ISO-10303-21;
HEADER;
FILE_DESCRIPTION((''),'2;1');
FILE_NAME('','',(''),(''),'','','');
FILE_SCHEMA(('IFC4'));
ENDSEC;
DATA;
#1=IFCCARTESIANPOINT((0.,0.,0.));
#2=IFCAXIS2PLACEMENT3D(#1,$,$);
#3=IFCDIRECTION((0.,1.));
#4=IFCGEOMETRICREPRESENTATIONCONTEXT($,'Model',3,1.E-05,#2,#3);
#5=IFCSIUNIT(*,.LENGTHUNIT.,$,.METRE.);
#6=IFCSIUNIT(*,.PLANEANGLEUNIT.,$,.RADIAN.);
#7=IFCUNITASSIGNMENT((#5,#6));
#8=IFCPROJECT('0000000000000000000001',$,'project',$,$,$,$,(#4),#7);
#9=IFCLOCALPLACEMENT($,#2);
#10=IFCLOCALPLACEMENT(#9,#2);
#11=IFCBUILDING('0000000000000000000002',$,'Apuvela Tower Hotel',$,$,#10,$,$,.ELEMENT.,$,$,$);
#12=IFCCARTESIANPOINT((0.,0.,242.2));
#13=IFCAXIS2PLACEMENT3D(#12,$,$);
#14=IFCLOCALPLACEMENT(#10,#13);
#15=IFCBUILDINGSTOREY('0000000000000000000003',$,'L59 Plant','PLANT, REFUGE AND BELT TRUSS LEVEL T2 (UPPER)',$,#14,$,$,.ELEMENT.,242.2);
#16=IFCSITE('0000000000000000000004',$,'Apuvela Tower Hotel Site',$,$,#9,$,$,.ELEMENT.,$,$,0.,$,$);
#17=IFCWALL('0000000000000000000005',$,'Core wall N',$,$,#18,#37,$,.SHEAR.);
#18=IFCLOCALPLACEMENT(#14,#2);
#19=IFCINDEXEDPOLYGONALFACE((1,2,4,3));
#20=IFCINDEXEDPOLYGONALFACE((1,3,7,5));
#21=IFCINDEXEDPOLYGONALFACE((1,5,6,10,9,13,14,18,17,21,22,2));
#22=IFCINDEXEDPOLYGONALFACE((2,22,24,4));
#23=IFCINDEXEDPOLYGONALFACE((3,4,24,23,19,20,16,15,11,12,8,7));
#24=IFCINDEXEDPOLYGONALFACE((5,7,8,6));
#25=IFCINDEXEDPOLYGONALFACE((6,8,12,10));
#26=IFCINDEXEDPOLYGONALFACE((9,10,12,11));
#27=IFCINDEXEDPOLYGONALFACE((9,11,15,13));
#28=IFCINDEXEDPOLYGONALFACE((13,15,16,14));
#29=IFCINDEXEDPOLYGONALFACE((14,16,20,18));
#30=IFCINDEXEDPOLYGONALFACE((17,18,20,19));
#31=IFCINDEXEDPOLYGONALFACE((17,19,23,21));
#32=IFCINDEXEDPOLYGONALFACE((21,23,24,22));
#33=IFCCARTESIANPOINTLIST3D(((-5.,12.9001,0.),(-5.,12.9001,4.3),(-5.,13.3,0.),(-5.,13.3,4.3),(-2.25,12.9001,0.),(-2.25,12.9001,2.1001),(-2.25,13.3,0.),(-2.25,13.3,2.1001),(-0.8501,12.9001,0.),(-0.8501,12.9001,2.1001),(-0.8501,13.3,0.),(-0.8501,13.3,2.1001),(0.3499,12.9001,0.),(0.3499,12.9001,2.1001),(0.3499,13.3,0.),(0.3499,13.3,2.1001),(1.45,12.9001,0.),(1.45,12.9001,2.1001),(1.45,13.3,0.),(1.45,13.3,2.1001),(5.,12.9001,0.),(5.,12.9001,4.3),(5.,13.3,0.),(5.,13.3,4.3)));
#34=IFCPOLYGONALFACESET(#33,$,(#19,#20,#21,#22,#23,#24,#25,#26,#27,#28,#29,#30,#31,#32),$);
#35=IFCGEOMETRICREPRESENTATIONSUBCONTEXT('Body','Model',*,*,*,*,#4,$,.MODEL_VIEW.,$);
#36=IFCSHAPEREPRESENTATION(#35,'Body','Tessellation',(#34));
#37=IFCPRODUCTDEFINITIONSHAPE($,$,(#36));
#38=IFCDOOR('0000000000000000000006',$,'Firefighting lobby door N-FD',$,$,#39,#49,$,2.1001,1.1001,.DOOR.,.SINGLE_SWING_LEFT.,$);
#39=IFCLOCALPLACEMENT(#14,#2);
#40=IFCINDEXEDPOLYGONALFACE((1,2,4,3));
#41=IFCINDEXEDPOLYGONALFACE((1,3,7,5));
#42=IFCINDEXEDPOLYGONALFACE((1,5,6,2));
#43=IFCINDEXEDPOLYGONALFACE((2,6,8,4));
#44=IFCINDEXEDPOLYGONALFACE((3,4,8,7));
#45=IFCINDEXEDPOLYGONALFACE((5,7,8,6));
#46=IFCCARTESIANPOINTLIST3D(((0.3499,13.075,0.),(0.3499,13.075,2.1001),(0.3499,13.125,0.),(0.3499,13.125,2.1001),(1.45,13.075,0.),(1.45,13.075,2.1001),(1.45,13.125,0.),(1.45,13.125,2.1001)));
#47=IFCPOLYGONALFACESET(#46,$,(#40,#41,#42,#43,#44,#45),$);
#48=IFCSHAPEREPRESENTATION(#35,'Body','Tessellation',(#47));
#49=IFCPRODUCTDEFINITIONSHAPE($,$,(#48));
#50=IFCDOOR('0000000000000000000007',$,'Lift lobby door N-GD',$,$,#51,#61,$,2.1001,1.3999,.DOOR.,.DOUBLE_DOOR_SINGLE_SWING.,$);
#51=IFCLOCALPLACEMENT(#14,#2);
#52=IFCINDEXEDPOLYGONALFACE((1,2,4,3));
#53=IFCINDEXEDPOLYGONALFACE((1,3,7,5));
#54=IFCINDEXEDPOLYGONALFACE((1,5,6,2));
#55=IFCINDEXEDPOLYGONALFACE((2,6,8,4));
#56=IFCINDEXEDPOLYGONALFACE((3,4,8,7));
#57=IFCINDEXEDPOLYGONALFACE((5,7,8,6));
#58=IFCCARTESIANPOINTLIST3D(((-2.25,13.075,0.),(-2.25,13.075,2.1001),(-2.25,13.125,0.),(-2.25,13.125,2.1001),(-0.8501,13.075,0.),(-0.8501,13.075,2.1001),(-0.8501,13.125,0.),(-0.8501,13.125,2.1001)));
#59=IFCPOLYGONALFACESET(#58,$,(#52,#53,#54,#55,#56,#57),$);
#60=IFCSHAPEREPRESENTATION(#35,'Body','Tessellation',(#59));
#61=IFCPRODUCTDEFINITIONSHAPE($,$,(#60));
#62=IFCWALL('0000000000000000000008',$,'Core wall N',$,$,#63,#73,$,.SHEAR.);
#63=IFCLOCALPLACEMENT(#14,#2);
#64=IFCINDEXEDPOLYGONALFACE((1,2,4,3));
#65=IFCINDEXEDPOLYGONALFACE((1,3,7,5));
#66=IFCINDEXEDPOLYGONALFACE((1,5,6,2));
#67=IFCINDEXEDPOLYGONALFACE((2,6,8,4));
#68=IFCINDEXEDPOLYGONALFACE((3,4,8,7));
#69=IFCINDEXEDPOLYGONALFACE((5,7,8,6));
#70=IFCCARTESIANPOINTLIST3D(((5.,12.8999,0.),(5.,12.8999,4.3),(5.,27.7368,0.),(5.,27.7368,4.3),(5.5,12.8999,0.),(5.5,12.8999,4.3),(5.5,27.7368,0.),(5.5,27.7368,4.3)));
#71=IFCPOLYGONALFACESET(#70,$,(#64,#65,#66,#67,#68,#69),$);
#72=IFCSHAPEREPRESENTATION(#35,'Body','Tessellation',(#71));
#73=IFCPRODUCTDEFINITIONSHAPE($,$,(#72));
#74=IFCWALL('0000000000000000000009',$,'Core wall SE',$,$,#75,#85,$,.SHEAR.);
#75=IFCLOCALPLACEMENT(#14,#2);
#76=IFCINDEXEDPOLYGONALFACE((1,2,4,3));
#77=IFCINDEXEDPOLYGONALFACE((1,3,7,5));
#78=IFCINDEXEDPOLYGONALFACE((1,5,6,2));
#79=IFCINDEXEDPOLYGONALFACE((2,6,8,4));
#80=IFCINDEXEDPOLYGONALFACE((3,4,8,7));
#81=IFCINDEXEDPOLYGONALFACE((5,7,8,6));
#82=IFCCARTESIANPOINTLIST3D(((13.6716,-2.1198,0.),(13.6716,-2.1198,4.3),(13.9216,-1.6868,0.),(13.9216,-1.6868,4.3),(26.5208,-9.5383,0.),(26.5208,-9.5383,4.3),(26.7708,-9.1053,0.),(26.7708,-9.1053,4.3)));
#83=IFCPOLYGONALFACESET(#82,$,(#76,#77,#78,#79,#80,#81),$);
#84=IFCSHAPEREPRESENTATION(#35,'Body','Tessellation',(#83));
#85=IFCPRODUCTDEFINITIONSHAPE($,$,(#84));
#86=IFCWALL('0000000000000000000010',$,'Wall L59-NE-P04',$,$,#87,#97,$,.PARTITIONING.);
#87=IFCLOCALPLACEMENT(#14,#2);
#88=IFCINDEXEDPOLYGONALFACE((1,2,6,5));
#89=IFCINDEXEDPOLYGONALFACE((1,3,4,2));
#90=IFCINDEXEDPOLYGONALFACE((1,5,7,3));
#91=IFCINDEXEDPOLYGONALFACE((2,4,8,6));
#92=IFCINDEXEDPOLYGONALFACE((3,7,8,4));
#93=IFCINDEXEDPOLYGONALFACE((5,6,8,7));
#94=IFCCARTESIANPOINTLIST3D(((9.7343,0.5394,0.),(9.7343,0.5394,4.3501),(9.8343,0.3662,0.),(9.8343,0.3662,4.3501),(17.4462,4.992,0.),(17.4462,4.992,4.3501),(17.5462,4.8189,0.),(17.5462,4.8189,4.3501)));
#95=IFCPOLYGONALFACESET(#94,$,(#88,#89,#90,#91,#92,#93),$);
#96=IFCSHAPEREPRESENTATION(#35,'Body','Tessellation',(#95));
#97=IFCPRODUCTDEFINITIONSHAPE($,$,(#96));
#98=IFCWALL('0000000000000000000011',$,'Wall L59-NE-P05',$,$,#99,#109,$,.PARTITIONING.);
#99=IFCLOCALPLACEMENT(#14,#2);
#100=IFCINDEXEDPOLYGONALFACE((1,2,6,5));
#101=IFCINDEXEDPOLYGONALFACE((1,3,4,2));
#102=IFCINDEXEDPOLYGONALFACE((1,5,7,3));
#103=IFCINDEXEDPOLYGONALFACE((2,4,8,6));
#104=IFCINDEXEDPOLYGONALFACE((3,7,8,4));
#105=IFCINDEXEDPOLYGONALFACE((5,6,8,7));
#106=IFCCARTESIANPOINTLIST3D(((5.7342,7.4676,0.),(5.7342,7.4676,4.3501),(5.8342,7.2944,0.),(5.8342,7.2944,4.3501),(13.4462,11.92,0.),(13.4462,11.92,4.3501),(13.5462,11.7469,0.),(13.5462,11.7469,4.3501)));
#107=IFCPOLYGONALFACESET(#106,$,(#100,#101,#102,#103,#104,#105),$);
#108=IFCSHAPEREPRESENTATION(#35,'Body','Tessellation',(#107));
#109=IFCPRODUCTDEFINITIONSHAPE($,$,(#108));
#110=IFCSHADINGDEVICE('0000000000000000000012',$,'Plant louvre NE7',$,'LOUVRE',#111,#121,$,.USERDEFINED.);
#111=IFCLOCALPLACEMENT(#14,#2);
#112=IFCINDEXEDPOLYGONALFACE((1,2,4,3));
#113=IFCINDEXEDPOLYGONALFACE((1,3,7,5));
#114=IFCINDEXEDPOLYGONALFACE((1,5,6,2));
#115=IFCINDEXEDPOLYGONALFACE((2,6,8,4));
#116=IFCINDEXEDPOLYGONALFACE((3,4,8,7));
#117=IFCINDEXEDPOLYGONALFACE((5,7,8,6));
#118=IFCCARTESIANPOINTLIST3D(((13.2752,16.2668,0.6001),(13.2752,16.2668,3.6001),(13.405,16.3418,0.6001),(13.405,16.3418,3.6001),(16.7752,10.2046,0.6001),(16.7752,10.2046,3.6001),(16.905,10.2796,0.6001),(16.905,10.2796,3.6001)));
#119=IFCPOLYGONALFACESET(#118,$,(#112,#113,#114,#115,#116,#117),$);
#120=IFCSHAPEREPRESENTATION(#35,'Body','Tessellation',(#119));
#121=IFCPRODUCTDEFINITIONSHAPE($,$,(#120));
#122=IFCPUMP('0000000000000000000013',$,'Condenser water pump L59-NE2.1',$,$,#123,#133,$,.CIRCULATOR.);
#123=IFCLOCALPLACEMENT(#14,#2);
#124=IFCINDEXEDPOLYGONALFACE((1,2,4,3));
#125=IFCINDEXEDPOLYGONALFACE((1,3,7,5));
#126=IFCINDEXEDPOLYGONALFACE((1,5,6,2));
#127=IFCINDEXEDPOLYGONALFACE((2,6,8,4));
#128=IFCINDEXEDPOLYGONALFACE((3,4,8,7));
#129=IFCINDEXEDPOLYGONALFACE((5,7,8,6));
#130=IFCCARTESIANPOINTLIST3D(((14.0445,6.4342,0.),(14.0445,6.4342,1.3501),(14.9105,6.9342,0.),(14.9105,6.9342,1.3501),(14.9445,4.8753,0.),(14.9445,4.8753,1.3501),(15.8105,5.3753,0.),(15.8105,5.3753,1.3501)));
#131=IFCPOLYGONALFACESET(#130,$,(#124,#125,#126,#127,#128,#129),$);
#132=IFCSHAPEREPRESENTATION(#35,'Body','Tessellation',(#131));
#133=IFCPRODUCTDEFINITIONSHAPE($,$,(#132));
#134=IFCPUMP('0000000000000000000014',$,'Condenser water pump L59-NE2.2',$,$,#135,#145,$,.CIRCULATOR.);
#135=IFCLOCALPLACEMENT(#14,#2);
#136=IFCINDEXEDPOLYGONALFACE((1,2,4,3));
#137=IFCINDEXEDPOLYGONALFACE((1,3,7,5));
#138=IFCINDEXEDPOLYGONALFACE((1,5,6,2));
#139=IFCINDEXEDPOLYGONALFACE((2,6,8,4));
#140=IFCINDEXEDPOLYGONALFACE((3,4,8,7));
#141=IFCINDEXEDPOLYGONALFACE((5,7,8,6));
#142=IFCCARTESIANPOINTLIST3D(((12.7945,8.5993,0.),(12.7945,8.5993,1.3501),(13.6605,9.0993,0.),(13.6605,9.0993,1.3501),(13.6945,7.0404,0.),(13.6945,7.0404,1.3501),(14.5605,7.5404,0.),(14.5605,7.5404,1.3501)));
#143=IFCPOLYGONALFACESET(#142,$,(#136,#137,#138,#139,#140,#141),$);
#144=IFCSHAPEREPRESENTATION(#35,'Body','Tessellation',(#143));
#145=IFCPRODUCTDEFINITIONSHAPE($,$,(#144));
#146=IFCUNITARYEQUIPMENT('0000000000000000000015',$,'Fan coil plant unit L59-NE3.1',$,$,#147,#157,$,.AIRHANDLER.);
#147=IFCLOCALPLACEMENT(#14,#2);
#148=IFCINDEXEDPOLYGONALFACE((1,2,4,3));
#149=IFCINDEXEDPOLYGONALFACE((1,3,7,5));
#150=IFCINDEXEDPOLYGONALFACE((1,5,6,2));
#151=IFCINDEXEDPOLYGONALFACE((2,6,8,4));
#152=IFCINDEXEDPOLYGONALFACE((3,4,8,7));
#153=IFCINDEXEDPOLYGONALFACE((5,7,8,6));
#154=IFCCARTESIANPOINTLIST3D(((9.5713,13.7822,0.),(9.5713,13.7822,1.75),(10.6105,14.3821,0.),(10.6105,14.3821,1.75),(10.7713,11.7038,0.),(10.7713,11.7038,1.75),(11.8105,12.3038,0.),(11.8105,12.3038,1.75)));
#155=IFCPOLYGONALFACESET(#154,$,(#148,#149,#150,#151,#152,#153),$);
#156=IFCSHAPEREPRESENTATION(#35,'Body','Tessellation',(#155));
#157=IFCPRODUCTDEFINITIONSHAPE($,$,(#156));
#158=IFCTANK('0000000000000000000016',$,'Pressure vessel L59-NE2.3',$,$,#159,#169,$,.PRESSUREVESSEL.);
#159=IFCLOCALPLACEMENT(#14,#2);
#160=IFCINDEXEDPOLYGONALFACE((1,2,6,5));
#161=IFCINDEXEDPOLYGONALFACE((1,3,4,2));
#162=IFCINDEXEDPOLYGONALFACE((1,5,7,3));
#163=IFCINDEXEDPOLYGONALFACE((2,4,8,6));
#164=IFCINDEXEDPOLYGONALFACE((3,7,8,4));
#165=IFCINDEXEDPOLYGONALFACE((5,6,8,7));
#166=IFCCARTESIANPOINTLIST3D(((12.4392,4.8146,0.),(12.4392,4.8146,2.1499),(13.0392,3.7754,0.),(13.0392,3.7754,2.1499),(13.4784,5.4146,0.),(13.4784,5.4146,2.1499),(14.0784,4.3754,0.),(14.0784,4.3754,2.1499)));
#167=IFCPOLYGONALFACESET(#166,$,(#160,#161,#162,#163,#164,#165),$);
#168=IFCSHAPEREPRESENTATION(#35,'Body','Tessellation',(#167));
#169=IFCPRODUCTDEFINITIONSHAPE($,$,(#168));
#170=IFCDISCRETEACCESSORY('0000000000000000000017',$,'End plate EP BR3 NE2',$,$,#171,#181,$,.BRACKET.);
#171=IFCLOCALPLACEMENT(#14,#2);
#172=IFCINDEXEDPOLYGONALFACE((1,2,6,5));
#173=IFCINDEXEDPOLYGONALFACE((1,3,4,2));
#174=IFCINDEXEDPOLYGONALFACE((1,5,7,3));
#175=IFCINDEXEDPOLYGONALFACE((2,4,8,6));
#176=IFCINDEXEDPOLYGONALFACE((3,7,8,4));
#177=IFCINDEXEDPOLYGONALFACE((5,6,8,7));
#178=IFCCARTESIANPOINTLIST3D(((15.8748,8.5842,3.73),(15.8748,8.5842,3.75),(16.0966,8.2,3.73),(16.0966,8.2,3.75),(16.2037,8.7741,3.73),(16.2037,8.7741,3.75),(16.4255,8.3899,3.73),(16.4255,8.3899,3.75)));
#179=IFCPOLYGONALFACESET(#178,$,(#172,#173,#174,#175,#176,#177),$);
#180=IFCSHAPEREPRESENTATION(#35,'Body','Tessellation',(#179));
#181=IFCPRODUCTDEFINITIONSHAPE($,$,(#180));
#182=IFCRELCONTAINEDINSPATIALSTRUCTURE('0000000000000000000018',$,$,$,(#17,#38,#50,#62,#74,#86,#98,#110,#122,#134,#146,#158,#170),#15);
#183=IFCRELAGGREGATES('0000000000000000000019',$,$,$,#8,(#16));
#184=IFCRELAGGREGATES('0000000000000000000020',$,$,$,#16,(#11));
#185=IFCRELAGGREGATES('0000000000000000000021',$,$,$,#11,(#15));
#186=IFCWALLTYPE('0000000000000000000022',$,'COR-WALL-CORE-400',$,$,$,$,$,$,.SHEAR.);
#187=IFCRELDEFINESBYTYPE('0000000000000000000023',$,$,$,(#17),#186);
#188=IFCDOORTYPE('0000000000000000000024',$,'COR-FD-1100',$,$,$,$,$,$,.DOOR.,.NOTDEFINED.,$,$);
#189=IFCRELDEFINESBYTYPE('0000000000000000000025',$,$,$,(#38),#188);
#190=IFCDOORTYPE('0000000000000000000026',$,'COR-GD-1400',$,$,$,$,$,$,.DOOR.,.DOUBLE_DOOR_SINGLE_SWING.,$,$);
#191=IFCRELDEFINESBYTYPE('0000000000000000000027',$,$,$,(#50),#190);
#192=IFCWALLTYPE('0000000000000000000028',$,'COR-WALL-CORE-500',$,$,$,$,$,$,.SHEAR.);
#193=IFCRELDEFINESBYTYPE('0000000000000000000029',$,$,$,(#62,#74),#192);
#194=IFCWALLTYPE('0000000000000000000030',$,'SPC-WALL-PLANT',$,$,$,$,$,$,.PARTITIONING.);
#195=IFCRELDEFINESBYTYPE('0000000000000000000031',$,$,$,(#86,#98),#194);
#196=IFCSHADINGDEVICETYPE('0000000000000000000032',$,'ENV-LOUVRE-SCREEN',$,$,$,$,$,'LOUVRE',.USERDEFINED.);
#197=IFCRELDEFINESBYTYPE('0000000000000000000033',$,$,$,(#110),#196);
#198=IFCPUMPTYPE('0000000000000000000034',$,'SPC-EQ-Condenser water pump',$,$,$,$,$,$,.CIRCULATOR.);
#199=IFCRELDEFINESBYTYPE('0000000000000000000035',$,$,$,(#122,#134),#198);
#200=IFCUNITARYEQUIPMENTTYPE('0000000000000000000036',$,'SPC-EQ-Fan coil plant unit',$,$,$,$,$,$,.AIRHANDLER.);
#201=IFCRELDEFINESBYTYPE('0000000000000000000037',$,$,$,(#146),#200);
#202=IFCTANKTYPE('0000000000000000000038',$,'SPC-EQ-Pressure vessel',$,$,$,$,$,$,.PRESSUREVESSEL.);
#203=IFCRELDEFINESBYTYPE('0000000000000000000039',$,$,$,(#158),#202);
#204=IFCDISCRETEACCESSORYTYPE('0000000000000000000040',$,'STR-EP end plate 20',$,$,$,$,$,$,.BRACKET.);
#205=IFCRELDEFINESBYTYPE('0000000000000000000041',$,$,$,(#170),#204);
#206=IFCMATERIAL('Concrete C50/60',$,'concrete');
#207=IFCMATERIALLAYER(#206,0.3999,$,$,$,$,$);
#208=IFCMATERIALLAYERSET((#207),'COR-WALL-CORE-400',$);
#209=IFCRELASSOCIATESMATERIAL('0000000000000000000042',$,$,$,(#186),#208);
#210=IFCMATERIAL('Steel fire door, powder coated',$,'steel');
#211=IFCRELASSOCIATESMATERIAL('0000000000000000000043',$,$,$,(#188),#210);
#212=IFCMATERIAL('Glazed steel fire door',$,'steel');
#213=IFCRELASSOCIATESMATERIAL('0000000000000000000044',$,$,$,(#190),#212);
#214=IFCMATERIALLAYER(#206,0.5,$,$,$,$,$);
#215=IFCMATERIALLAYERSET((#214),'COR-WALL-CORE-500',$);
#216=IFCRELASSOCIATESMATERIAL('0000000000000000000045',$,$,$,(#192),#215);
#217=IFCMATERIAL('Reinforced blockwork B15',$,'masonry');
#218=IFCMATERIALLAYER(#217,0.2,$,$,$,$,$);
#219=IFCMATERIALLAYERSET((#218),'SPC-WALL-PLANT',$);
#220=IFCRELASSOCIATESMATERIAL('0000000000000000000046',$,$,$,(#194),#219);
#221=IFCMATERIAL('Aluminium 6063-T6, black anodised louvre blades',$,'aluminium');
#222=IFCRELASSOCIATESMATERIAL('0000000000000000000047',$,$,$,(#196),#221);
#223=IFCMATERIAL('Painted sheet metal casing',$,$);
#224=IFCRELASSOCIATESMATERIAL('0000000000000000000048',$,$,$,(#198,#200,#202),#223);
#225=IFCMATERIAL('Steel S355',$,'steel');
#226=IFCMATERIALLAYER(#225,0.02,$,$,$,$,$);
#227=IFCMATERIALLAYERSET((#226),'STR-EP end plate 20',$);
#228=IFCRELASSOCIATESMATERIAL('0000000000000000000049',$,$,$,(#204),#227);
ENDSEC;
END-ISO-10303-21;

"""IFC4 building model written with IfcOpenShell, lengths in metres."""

from ifc_helpers import new_model, si_unit, direction, frame, frame_2d, origin, origin_2d, place, context, subcontext, project, spatial, rectangle, extrude, material, layer, layer_set, type_object, element, fill, save


model = new_model("IFC4")

# Units and contexts
model_context = context("Model", 3, precision=1e-05, world=origin(), true_north=direction((0.0, 1.0)))
body_context = subcontext(model_context, "Body", "Model", "MODEL_VIEW")
ifc_project = project(units=[si_unit("LENGTHUNIT", "METRE"), si_unit("PLANEANGLEUNIT", "RADIAN")], contexts=[model_context])

# Site, building, storey
site_placement = place(None, origin())
site = spatial("IfcSite", under=ifc_project, at=site_placement, Name="Apuvela Tower Hotel Site", CompositionType="ELEMENT", RefElevation=0.0)
building_placement = place(site_placement, origin())
building = spatial("IfcBuilding", under=site, at=building_placement, Name="Apuvela Tower Hotel", CompositionType="ELEMENT")
storey_placement = place(building_placement, frame((0.0, 0.0, 242.2)))
storey = spatial("IfcBuildingStorey", under=building, at=storey_placement, Name="L59 Plant", Description="PLANT, REFUGE AND BELT TRUSS LEVEL T2 (UPPER)", CompositionType="ELEMENT", Elevation=242.2)

# Shared definitions
ifc_material_1 = material(Name="Steel S355", Category="steel")

# Wall, openings, doors
ifc_material_2 = material(Name="Concrete C50/60", Category="concrete")
ifc_layer_1 = layer(ifc_material_2, 0.3999)
ifc_layer_set_1 = layer_set([ifc_layer_1], Name="COR-WALL-CORE-400")
wall_type_1 = type_object("IfcWallType", Name="COR-WALL-CORE-400", PredefinedType="SHEAR", material=ifc_layer_set_1)
wall_placement = place(storey_placement, frame((5.0, 13.1001, 0.0), z_axis=(0.0, 0.0, 1.0), x_axis=(-1.0, 0.0, 0.0)))
wall = element("IfcWall", 1, at=wall_placement, inside=storey, type_object=wall_type_1, Name="Core wall N", PredefinedType="SHEAR", context=body_context, shape_type="SweptSolid", body=[
    extrude(rectangle(XDim=10.0, YDim=0.3999, at=frame_2d((5.0, 0.0))), origin(), (0.0, 0.0, 1.0), 4.3),
])
opening_1_placement = place(wall_placement, frame((3.55, 0.0, 0.0)))
opening_1 = element("IfcOpeningElement", 2, at=opening_1_placement, cuts=wall, PredefinedType="OPENING", context=body_context, shape_type="SweptSolid", body=[
    extrude(rectangle(XDim=1.1001, YDim=2.1001, at=frame_2d((0.55, 1.05))), frame((0.0, 0.21, 0.0), z_axis=(0.0, -1.0, 0.0), x_axis=(1.0, 0.0, 0.0)), (0.0, 0.0, 1.0), 0.4199),
])
opening_2_placement = place(wall_placement, frame((5.8501, 0.0, 0.0)))
opening_2 = element("IfcOpeningElement", 3, at=opening_2_placement, cuts=wall, PredefinedType="OPENING", context=body_context, shape_type="SweptSolid", body=[
    extrude(rectangle(XDim=1.3999, YDim=2.1001, at=frame_2d((0.7, 1.05))), frame((0.0, 0.21, 0.0), z_axis=(0.0, -1.0, 0.0), x_axis=(1.0, 0.0, 0.0)), (0.0, 0.0, 1.0), 0.4199),
])
ifc_material_3 = material(Name="Steel fire door, powder coated", Category="steel")
door_type_1 = type_object("IfcDoorType", Name="COR-FD-1100", OperationType="NOTDEFINED", PredefinedType="DOOR", material=ifc_material_3)
door_1_placement = place(opening_1_placement, frame((1.1001, 0.0, 0.0), z_axis=(0.0, 0.0, 1.0), x_axis=(-1.0, 0.0, 0.0)))
door_1 = element("IfcDoor", 4, at=door_1_placement, inside=storey, type_object=door_type_1, Name="Firefighting lobby door N-FD", OperationType="SINGLE_SWING_LEFT", OverallHeight=2.1001, OverallWidth=1.1001, PredefinedType="DOOR", context=body_context, shape_type="SweptSolid", body=[
    extrude(rectangle(XDim=1.1001, YDim=2.1001, at=frame_2d((0.55, 1.05))), frame((0.0, 0.0249, 0.0), z_axis=(0.0, -1.0, 0.0), x_axis=(1.0, 0.0, 0.0)), (0.0, 0.0, 1.0), 0.05),
])
fill(opening_1, door_1)
ifc_material_4 = material(Name="Glazed steel fire door", Category="steel")
door_type_2 = type_object("IfcDoorType", Name="COR-GD-1400", OperationType="DOUBLE_DOOR_SINGLE_SWING", PredefinedType="DOOR", material=ifc_material_4)
door_2_placement = place(opening_2_placement, frame((1.3999, 0.0, 0.0), z_axis=(0.0, 0.0, 1.0), x_axis=(-1.0, 0.0, 0.0)))
door_2 = element("IfcDoor", 5, at=door_2_placement, inside=storey, type_object=door_type_2, Name="Lift lobby door N-GD", OperationType="DOUBLE_DOOR_SINGLE_SWING", OverallHeight=2.1001, OverallWidth=1.3999, PredefinedType="DOOR", context=body_context, shape_type="SweptSolid", body=[
    extrude(rectangle(XDim=1.3999, YDim=2.1001, at=frame_2d((0.7, 1.05))), frame((0.0, 0.0249, 0.0), z_axis=(0.0, -1.0, 0.0), x_axis=(1.0, 0.0, 0.0)), (0.0, 0.0, 1.0), 0.05),
])
fill(opening_2, door_2)

# Walls
ifc_layer_2 = layer(ifc_material_2, 0.5)
ifc_layer_set_2 = layer_set([ifc_layer_2], Name="COR-WALL-CORE-500")
wall_type_2 = type_object("IfcWallType", Name="COR-WALL-CORE-500", PredefinedType="SHEAR", material=ifc_layer_set_2)
for number, where, z_axis, x_axis, name in (
    (6, (5.25, 12.8999, 0.0), (0.0, 0.0, 1.0), (0.0, 1.0, 0.0), "Core wall N"),
    (7, (13.7966, -1.9033, 0.0), (0.0, 0.0, 1.0), (0.866025, -0.500001, 0.0), "Core wall SE"),
):
    element("IfcWall", number, at=place(storey_placement, frame(where, z_axis=z_axis, x_axis=x_axis)), inside=storey, type_object=wall_type_2, Name=name, PredefinedType="SHEAR", context=body_context, shape_type="SweptSolid", body=[
        extrude(rectangle(XDim=14.8369, YDim=0.5, at=frame_2d((7.4185, 0.0))), origin(), (0.0, 0.0, 1.0), 4.3),
    ])
ifc_material_5 = material(Name="Reinforced blockwork B15", Category="masonry")
ifc_layer_3 = layer(ifc_material_5, 0.2)
ifc_layer_set_3 = layer_set([ifc_layer_3], Name="SPC-WALL-PLANT")
wall_type_3 = type_object("IfcWallType", Name="SPC-WALL-PLANT", PredefinedType="PARTITIONING", material=ifc_layer_set_3)
for number, where, z_axis, x_axis, name in (
    (8, (17.4963, 4.9055, 0.0), (0.0, 0.0, 1.0), (-0.866018, -0.500014, 0.0), "Wall L59-NE-P04"),
    (9, (13.4963, 11.8335, 0.0), (0.0, 0.0, 1.0), (-0.866029, -0.499993, 0.0), "Wall L59-NE-P05"),
):
    element("IfcWall", number, at=place(storey_placement, frame(where, z_axis=z_axis, x_axis=x_axis)), inside=storey, type_object=wall_type_3, Name=name, PredefinedType="PARTITIONING", context=body_context, shape_type="SweptSolid", body=[
        extrude(rectangle(XDim=8.905, YDim=0.2, at=frame_2d((4.4526, 0.0))), origin(), (0.0, 0.0, 1.0), 4.3501),
    ])

# Shading device
ifc_material_6 = material(Name="Aluminium 6063-T6, black anodised louvre blades", Category="aluminium")
shading_device_type = type_object("IfcShadingDeviceType", Name="ENV-LOUVRE-SCREEN", ElementType="LOUVRE", PredefinedType="USERDEFINED", material=ifc_material_6)
shading_device_placement = place(storey_placement, frame((15.0901, 13.2732, 0.6001), z_axis=(0.0, 0.0, 1.0), x_axis=(-0.5, 0.866025, 0.0)))
element("IfcShadingDevice", 10, at=shading_device_placement, inside=storey, type_object=shading_device_type, Name="Plant louvre NE7", ObjectType="LOUVRE", PredefinedType="USERDEFINED", context=body_context, shape_type="SweptSolid", body=[
    extrude(rectangle(XDim=7.0, YDim=0.1499, at=origin_2d()), origin(), (0.0, 0.0, 1.0), 3.0),
])

# Pumps
ifc_material_7 = material(Name="Painted sheet metal casing")
pump_type = type_object("IfcPumpType", Name="SPC-EQ-Condenser water pump", PredefinedType="CIRCULATOR", material=ifc_material_7)
for number, where, z_axis, x_axis, name in (
    (11, (14.9275, 5.9048, 0.0), (0.0, 0.0, 1.0), (-0.5, 0.866025, 0.0), "Condenser water pump L59-NE2.1"),
    (12, (13.6775, 8.0698, 0.0), (0.0, 0.0, 1.0), (-0.5, 0.866025, 0.0), "Condenser water pump L59-NE2.2"),
):
    element("IfcPump", number, at=place(storey_placement, frame(where, z_axis=z_axis, x_axis=x_axis)), inside=storey, type_object=pump_type, Name=name, PredefinedType="CIRCULATOR", context=body_context, shape_type="SweptSolid", body=[
        extrude(rectangle(XDim=1.8, YDim=1.0, at=origin_2d()), origin(), (0.0, 0.0, 1.0), 1.3501),
    ])

# Unitary equipment
unitary_equipment_type = type_object("IfcUnitaryEquipmentType", Name="SPC-EQ-Fan coil plant unit", PredefinedType="AIRHANDLER", material=ifc_material_7)
unitary_equipment_placement = place(storey_placement, frame((10.6909, 13.043, 0.0), z_axis=(0.0, 0.0, 1.0), x_axis=(-0.5, 0.866025, 0.0)))
element("IfcUnitaryEquipment", 13, at=unitary_equipment_placement, inside=storey, type_object=unitary_equipment_type, Name="Fan coil plant unit L59-NE3.1", PredefinedType="AIRHANDLER", context=body_context, shape_type="SweptSolid", body=[
    extrude(rectangle(XDim=2.3999, YDim=1.2, at=origin_2d()), origin(), (0.0, 0.0, 1.0), 1.75),
])

# Tank
tank_type = type_object("IfcTankType", Name="SPC-EQ-Pressure vessel", PredefinedType="PRESSUREVESSEL", material=ifc_material_7)
tank_placement = place(storey_placement, frame((13.2588, 4.595, 0.0), z_axis=(0.0, 0.0, 1.0), x_axis=(-0.5, 0.866025, 0.0)))
element("IfcTank", 14, at=tank_placement, inside=storey, type_object=tank_type, Name="Pressure vessel L59-NE2.3", PredefinedType="PRESSUREVESSEL", context=body_context, shape_type="SweptSolid", body=[
    extrude(rectangle(XDim=1.2, YDim=1.2, at=origin_2d()), origin(), (0.0, 0.0, 1.0), 2.1499),
])

# Discrete accessory
ifc_layer_4 = layer(ifc_material_1, 0.02)
ifc_layer_set_4 = layer_set([ifc_layer_4], Name="STR-EP end plate 20")
discrete_accessory_type = type_object("IfcDiscreteAccessoryType", Name="STR-EP end plate 20", PredefinedType="BRACKET", material=ifc_layer_set_4)
for number, where, z_axis, x_axis, name in (
    (15, (16.1501, 8.4871, 3.73), (0.0, 0.0, 1.0), (-0.5, 0.866025, 0.0), "End plate EP BR3 NE2"),
):
    element("IfcDiscreteAccessory", number, at=place(storey_placement, frame(where, z_axis=z_axis, x_axis=x_axis)), inside=storey, type_object=discrete_accessory_type, Name=name, PredefinedType="BRACKET", context=body_context, shape_type="SweptSolid", body=[
        extrude(rectangle(XDim=0.4436, YDim=0.3799, at=origin_2d()), origin(), (0.0, 0.0, 1.0), 0.02),
    ])

save(model, "model.ifc")
